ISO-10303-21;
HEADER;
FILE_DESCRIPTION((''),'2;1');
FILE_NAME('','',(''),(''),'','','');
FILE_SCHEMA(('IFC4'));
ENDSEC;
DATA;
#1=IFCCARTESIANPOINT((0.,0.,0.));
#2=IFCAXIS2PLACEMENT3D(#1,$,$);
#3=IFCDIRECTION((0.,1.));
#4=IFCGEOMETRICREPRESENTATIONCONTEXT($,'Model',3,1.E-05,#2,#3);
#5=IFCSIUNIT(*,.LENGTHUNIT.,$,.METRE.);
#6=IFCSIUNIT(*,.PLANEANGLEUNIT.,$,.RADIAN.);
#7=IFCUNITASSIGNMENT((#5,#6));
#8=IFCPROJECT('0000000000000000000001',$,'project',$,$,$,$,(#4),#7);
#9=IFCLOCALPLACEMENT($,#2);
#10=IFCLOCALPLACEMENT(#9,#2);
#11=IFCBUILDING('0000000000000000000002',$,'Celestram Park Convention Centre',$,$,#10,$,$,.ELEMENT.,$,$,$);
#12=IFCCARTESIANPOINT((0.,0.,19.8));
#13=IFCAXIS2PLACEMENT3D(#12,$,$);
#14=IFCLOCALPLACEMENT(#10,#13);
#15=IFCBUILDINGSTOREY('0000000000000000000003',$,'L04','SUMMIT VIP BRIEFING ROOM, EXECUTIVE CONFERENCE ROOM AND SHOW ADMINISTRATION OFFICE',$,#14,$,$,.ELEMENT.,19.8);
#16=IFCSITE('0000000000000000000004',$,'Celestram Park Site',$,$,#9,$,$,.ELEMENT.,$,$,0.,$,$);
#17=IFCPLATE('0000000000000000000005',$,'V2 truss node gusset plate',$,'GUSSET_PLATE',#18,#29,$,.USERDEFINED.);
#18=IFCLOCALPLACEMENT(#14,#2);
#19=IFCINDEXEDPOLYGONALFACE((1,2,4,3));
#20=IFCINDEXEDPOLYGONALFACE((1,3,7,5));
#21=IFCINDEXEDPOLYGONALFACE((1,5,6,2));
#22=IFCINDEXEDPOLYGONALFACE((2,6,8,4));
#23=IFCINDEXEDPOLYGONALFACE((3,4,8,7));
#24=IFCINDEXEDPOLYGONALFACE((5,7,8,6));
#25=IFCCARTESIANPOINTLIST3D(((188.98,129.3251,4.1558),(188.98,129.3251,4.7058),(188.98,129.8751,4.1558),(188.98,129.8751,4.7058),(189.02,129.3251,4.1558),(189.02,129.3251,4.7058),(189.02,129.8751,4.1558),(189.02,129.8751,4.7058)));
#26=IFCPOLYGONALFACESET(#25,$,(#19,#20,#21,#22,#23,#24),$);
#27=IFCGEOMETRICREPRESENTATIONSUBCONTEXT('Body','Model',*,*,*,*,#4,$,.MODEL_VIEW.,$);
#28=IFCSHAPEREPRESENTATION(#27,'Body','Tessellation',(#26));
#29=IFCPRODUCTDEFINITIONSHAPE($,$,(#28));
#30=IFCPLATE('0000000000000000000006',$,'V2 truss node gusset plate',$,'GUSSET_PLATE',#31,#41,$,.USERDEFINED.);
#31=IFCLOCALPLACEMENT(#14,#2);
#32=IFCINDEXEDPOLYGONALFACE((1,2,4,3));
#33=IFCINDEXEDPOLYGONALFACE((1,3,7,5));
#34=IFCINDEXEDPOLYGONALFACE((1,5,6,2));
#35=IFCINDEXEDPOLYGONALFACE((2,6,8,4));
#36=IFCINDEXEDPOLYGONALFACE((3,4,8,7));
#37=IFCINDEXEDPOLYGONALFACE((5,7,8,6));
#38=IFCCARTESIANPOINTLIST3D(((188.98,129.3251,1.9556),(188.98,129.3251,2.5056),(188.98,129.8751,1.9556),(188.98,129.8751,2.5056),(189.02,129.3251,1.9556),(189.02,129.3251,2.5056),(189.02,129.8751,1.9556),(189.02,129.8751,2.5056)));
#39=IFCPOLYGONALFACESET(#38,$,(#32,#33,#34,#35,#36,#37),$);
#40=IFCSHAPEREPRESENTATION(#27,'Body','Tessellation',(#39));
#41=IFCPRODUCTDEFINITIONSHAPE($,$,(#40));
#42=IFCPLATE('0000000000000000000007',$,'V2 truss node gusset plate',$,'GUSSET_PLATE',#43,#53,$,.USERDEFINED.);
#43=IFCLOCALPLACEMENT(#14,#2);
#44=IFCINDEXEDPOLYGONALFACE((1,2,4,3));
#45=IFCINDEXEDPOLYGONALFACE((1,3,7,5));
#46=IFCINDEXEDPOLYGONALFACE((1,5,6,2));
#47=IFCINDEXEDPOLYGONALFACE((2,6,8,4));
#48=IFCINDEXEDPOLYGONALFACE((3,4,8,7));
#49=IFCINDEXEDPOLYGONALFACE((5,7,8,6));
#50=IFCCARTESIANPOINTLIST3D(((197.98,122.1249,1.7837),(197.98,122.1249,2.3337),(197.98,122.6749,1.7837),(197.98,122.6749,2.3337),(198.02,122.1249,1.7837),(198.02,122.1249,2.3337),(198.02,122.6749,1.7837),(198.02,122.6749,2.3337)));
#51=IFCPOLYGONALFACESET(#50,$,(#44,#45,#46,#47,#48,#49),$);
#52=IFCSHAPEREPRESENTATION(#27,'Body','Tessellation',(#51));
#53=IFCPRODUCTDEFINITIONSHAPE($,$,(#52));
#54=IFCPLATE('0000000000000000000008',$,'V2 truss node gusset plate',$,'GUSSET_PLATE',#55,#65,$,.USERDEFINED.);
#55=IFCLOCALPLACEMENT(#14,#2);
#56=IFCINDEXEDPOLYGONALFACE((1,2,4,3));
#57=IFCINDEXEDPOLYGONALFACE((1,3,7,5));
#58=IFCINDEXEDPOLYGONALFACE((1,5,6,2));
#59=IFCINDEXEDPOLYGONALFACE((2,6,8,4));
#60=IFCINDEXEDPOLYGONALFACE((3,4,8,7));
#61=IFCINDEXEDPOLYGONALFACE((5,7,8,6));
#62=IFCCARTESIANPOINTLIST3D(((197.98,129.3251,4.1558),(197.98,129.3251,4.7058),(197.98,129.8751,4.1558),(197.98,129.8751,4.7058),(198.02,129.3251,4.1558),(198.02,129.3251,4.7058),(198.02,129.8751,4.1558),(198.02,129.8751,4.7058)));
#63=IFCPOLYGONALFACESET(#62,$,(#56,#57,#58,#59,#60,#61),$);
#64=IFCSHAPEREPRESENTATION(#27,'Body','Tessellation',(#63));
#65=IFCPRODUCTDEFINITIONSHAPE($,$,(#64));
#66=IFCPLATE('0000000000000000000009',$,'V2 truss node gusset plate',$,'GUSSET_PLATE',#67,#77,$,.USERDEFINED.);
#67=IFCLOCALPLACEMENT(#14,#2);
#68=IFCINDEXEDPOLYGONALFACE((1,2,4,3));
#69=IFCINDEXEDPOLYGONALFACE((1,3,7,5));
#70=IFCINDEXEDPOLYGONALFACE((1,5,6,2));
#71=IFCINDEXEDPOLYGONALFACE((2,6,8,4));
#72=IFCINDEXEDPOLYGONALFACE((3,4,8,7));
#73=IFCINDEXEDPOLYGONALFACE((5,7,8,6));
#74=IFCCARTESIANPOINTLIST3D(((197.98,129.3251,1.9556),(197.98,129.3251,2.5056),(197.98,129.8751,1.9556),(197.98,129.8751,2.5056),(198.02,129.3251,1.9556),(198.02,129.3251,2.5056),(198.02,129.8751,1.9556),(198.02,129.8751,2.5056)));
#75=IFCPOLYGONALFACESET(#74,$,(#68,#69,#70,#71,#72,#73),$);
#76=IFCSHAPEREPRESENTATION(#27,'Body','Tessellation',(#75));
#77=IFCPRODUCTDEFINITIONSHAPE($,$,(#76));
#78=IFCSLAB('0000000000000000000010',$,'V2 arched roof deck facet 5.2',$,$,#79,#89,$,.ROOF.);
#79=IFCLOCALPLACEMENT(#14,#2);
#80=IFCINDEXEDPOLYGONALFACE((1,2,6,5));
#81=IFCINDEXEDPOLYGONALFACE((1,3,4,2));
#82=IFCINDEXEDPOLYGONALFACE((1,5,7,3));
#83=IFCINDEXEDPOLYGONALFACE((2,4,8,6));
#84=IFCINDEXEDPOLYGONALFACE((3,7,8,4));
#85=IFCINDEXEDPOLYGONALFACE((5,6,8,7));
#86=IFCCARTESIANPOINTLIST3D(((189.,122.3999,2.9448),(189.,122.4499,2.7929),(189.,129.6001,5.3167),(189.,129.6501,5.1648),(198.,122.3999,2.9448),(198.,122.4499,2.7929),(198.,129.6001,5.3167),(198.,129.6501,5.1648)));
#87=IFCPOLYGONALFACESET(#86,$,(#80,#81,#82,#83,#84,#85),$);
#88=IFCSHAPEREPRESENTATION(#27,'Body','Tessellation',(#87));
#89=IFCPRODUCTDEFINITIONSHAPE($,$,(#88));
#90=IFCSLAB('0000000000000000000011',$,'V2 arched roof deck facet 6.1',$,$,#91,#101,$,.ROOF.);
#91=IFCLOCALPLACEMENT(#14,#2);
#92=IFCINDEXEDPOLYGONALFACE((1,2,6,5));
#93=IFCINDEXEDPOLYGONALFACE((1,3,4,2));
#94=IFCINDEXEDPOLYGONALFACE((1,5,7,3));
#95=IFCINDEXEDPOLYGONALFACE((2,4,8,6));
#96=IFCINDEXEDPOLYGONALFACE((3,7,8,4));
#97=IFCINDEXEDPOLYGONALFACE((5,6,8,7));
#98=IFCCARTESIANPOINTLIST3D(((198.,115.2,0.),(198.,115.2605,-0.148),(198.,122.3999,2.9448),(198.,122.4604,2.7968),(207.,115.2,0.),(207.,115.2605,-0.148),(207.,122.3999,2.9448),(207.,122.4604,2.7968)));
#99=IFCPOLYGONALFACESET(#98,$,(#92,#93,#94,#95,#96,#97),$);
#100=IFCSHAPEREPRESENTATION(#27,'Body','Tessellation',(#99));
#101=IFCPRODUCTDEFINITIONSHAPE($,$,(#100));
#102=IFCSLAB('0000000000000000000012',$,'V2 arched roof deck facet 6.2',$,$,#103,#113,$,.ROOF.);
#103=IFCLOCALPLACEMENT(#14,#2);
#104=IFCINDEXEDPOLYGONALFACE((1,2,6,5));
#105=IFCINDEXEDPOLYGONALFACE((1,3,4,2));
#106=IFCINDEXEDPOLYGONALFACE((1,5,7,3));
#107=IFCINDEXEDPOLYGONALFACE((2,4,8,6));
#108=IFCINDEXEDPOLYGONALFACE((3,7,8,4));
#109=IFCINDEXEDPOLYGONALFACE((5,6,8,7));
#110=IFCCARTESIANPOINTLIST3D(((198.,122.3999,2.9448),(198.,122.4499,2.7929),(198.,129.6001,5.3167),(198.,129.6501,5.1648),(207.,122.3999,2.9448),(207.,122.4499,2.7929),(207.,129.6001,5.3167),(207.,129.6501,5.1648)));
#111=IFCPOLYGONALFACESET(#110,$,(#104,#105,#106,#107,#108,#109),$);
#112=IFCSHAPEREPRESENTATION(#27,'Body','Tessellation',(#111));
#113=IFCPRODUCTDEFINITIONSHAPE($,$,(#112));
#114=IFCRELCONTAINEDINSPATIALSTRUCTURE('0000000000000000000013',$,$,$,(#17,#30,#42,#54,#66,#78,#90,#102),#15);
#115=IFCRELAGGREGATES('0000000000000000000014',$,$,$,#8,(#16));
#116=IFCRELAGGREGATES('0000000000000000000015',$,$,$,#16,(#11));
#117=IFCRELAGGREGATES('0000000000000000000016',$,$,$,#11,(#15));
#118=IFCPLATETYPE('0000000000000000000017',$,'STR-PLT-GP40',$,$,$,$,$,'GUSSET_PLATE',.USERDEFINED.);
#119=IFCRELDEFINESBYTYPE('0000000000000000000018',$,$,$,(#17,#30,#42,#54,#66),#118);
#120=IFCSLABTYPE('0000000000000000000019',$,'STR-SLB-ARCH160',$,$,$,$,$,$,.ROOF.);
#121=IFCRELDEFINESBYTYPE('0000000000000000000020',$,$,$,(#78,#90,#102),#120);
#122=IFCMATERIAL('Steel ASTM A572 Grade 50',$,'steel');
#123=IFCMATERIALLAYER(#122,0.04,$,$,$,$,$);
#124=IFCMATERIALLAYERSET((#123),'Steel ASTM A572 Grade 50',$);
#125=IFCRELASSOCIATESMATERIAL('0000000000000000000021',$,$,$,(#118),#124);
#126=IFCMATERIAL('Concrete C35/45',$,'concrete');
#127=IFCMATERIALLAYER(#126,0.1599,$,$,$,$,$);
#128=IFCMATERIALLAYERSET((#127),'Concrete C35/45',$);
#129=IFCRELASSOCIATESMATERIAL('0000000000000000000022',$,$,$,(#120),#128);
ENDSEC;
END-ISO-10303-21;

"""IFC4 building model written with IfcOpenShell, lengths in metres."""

from ifc_helpers import new_model, si_unit, direction, frame, origin, origin_2d, place, context, subcontext, project, spatial, polyline, rectangle, outline, extrude, material, layer, layer_set, type_object, element, save


model = new_model("IFC4")

# Units and contexts
model_context = context("Model", 3, precision=1e-05, world=origin(), true_north=direction((0.0, 1.0)))
body_context = subcontext(model_context, "Body", "Model", "MODEL_VIEW")
ifc_project = project(units=[si_unit("LENGTHUNIT", "METRE"), si_unit("PLANEANGLEUNIT", "RADIAN")], contexts=[model_context])

# Site, building, storey
site_placement = place(None, origin())
site = spatial("IfcSite", under=ifc_project, at=site_placement, Name="Celestram Park Site", CompositionType="ELEMENT", RefElevation=0.0)
building_placement = place(site_placement, origin())
building = spatial("IfcBuilding", under=site, at=building_placement, Name="Celestram Park Convention Centre", CompositionType="ELEMENT")
storey_placement = place(building_placement, frame((0.0, 0.0, 19.8)))
storey = spatial("IfcBuildingStorey", under=building, at=storey_placement, Name="L04", Description="SUMMIT VIP BRIEFING ROOM, EXECUTIVE CONFERENCE ROOM AND SHOW ADMINISTRATION OFFICE", CompositionType="ELEMENT", Elevation=19.8)

# Plates
ifc_material_1 = material(Name="Steel ASTM A572 Grade 50", Category="steel")
ifc_layer_1 = layer(ifc_material_1, 0.04)
ifc_layer_set_1 = layer_set([ifc_layer_1], Name="Steel ASTM A572 Grade 50")
plate_type = type_object("IfcPlateType", Name="STR-PLT-GP40", ElementType="GUSSET_PLATE", PredefinedType="USERDEFINED", material=ifc_layer_set_1)
for number, where, z_axis, x_axis, name in (
    (1, (189.0, 129.6001, 4.1558), (0.0, 0.0, 1.0), (0.0, 1.0, 0.0), "V2 truss node gusset plate"),
    (2, (189.0, 129.6001, 1.9556), (0.0, 0.0, 1.0), (0.0, 1.0, 0.0), "V2 truss node gusset plate"),
    (3, (198.0, 122.3999, 1.7837), (0.0, 0.0, 1.0), (0.0, 1.0, 0.0), "V2 truss node gusset plate"),
    (4, (198.0, 129.6001, 4.1558), (0.0, 0.0, 1.0), (0.0, 1.0, 0.0), "V2 truss node gusset plate"),
    (5, (198.0, 129.6001, 1.9556), (0.0, 0.0, 1.0), (0.0, 1.0, 0.0), "V2 truss node gusset plate"),
):
    element("IfcPlate", number, at=place(storey_placement, frame(where, z_axis=z_axis, x_axis=x_axis)), inside=storey, type_object=plate_type, Name=name, ObjectType="GUSSET_PLATE", PredefinedType="USERDEFINED", context=body_context, shape_type="SweptSolid", body=[
        extrude(rectangle(XDim=0.55, YDim=0.04, at=origin_2d()), origin(), (0.0, 0.0, 1.0), 0.55),
    ])

# Slabs
ifc_material_2 = material(Name="Concrete C35/45", Category="concrete")
ifc_layer_2 = layer(ifc_material_2, 0.1599)
ifc_layer_set_2 = layer_set([ifc_layer_2], Name="Concrete C35/45")
slab_type = type_object("IfcSlabType", Name="STR-SLB-ARCH160", PredefinedType="ROOF", material=ifc_layer_set_2)
slab_1_placement = place(storey_placement, frame((189.0, 122.3999, 2.9448), z_axis=(0.0, -0.312873, 0.949795), x_axis=(1.0, 0.0, 0.0)))
element("IfcSlab", 6, at=slab_1_placement, inside=storey, type_object=slab_type, Name="V2 arched roof deck facet 5.2", PredefinedType="ROOF", context=body_context, shape_type="SweptSolid", body=[
    extrude(outline(polyline([(0.0, 0.0), (9.0, 0.0), (9.0, 7.5808), (0.0, 7.5808), (0.0, 0.0)])), origin(), (0.0, 0.0, -1.0), 0.1599),
])
slab_2_placement = place(storey_placement, frame((198.0, 115.2, 0.0), z_axis=(0.0, -0.378566, 0.925574), x_axis=(1.0, 0.0, 0.0)))
element("IfcSlab", 7, at=slab_2_placement, inside=storey, type_object=slab_type, Name="V2 arched roof deck facet 6.1", PredefinedType="ROOF", context=body_context, shape_type="SweptSolid", body=[
    extrude(outline(polyline([(0.0, 0.0), (9.0, 0.0), (9.0, 7.7789), (0.0, 7.7789), (0.0, 0.0)])), origin(), (0.0, 0.0, -1.0), 0.1599),
])
slab_3_placement = place(storey_placement, frame((198.0, 122.3999, 2.9448), z_axis=(0.0, -0.312873, 0.949795), x_axis=(1.0, 0.0, 0.0)))
element("IfcSlab", 8, at=slab_3_placement, inside=storey, type_object=slab_type, Name="V2 arched roof deck facet 6.2", PredefinedType="ROOF", context=body_context, shape_type="SweptSolid", body=[
    extrude(outline(polyline([(0.0, 0.0), (9.0, 0.0), (9.0, 7.5808), (0.0, 7.5808), (0.0, 0.0)])), origin(), (0.0, 0.0, -1.0), 0.1599),
])

save(model, "model.ifc")
